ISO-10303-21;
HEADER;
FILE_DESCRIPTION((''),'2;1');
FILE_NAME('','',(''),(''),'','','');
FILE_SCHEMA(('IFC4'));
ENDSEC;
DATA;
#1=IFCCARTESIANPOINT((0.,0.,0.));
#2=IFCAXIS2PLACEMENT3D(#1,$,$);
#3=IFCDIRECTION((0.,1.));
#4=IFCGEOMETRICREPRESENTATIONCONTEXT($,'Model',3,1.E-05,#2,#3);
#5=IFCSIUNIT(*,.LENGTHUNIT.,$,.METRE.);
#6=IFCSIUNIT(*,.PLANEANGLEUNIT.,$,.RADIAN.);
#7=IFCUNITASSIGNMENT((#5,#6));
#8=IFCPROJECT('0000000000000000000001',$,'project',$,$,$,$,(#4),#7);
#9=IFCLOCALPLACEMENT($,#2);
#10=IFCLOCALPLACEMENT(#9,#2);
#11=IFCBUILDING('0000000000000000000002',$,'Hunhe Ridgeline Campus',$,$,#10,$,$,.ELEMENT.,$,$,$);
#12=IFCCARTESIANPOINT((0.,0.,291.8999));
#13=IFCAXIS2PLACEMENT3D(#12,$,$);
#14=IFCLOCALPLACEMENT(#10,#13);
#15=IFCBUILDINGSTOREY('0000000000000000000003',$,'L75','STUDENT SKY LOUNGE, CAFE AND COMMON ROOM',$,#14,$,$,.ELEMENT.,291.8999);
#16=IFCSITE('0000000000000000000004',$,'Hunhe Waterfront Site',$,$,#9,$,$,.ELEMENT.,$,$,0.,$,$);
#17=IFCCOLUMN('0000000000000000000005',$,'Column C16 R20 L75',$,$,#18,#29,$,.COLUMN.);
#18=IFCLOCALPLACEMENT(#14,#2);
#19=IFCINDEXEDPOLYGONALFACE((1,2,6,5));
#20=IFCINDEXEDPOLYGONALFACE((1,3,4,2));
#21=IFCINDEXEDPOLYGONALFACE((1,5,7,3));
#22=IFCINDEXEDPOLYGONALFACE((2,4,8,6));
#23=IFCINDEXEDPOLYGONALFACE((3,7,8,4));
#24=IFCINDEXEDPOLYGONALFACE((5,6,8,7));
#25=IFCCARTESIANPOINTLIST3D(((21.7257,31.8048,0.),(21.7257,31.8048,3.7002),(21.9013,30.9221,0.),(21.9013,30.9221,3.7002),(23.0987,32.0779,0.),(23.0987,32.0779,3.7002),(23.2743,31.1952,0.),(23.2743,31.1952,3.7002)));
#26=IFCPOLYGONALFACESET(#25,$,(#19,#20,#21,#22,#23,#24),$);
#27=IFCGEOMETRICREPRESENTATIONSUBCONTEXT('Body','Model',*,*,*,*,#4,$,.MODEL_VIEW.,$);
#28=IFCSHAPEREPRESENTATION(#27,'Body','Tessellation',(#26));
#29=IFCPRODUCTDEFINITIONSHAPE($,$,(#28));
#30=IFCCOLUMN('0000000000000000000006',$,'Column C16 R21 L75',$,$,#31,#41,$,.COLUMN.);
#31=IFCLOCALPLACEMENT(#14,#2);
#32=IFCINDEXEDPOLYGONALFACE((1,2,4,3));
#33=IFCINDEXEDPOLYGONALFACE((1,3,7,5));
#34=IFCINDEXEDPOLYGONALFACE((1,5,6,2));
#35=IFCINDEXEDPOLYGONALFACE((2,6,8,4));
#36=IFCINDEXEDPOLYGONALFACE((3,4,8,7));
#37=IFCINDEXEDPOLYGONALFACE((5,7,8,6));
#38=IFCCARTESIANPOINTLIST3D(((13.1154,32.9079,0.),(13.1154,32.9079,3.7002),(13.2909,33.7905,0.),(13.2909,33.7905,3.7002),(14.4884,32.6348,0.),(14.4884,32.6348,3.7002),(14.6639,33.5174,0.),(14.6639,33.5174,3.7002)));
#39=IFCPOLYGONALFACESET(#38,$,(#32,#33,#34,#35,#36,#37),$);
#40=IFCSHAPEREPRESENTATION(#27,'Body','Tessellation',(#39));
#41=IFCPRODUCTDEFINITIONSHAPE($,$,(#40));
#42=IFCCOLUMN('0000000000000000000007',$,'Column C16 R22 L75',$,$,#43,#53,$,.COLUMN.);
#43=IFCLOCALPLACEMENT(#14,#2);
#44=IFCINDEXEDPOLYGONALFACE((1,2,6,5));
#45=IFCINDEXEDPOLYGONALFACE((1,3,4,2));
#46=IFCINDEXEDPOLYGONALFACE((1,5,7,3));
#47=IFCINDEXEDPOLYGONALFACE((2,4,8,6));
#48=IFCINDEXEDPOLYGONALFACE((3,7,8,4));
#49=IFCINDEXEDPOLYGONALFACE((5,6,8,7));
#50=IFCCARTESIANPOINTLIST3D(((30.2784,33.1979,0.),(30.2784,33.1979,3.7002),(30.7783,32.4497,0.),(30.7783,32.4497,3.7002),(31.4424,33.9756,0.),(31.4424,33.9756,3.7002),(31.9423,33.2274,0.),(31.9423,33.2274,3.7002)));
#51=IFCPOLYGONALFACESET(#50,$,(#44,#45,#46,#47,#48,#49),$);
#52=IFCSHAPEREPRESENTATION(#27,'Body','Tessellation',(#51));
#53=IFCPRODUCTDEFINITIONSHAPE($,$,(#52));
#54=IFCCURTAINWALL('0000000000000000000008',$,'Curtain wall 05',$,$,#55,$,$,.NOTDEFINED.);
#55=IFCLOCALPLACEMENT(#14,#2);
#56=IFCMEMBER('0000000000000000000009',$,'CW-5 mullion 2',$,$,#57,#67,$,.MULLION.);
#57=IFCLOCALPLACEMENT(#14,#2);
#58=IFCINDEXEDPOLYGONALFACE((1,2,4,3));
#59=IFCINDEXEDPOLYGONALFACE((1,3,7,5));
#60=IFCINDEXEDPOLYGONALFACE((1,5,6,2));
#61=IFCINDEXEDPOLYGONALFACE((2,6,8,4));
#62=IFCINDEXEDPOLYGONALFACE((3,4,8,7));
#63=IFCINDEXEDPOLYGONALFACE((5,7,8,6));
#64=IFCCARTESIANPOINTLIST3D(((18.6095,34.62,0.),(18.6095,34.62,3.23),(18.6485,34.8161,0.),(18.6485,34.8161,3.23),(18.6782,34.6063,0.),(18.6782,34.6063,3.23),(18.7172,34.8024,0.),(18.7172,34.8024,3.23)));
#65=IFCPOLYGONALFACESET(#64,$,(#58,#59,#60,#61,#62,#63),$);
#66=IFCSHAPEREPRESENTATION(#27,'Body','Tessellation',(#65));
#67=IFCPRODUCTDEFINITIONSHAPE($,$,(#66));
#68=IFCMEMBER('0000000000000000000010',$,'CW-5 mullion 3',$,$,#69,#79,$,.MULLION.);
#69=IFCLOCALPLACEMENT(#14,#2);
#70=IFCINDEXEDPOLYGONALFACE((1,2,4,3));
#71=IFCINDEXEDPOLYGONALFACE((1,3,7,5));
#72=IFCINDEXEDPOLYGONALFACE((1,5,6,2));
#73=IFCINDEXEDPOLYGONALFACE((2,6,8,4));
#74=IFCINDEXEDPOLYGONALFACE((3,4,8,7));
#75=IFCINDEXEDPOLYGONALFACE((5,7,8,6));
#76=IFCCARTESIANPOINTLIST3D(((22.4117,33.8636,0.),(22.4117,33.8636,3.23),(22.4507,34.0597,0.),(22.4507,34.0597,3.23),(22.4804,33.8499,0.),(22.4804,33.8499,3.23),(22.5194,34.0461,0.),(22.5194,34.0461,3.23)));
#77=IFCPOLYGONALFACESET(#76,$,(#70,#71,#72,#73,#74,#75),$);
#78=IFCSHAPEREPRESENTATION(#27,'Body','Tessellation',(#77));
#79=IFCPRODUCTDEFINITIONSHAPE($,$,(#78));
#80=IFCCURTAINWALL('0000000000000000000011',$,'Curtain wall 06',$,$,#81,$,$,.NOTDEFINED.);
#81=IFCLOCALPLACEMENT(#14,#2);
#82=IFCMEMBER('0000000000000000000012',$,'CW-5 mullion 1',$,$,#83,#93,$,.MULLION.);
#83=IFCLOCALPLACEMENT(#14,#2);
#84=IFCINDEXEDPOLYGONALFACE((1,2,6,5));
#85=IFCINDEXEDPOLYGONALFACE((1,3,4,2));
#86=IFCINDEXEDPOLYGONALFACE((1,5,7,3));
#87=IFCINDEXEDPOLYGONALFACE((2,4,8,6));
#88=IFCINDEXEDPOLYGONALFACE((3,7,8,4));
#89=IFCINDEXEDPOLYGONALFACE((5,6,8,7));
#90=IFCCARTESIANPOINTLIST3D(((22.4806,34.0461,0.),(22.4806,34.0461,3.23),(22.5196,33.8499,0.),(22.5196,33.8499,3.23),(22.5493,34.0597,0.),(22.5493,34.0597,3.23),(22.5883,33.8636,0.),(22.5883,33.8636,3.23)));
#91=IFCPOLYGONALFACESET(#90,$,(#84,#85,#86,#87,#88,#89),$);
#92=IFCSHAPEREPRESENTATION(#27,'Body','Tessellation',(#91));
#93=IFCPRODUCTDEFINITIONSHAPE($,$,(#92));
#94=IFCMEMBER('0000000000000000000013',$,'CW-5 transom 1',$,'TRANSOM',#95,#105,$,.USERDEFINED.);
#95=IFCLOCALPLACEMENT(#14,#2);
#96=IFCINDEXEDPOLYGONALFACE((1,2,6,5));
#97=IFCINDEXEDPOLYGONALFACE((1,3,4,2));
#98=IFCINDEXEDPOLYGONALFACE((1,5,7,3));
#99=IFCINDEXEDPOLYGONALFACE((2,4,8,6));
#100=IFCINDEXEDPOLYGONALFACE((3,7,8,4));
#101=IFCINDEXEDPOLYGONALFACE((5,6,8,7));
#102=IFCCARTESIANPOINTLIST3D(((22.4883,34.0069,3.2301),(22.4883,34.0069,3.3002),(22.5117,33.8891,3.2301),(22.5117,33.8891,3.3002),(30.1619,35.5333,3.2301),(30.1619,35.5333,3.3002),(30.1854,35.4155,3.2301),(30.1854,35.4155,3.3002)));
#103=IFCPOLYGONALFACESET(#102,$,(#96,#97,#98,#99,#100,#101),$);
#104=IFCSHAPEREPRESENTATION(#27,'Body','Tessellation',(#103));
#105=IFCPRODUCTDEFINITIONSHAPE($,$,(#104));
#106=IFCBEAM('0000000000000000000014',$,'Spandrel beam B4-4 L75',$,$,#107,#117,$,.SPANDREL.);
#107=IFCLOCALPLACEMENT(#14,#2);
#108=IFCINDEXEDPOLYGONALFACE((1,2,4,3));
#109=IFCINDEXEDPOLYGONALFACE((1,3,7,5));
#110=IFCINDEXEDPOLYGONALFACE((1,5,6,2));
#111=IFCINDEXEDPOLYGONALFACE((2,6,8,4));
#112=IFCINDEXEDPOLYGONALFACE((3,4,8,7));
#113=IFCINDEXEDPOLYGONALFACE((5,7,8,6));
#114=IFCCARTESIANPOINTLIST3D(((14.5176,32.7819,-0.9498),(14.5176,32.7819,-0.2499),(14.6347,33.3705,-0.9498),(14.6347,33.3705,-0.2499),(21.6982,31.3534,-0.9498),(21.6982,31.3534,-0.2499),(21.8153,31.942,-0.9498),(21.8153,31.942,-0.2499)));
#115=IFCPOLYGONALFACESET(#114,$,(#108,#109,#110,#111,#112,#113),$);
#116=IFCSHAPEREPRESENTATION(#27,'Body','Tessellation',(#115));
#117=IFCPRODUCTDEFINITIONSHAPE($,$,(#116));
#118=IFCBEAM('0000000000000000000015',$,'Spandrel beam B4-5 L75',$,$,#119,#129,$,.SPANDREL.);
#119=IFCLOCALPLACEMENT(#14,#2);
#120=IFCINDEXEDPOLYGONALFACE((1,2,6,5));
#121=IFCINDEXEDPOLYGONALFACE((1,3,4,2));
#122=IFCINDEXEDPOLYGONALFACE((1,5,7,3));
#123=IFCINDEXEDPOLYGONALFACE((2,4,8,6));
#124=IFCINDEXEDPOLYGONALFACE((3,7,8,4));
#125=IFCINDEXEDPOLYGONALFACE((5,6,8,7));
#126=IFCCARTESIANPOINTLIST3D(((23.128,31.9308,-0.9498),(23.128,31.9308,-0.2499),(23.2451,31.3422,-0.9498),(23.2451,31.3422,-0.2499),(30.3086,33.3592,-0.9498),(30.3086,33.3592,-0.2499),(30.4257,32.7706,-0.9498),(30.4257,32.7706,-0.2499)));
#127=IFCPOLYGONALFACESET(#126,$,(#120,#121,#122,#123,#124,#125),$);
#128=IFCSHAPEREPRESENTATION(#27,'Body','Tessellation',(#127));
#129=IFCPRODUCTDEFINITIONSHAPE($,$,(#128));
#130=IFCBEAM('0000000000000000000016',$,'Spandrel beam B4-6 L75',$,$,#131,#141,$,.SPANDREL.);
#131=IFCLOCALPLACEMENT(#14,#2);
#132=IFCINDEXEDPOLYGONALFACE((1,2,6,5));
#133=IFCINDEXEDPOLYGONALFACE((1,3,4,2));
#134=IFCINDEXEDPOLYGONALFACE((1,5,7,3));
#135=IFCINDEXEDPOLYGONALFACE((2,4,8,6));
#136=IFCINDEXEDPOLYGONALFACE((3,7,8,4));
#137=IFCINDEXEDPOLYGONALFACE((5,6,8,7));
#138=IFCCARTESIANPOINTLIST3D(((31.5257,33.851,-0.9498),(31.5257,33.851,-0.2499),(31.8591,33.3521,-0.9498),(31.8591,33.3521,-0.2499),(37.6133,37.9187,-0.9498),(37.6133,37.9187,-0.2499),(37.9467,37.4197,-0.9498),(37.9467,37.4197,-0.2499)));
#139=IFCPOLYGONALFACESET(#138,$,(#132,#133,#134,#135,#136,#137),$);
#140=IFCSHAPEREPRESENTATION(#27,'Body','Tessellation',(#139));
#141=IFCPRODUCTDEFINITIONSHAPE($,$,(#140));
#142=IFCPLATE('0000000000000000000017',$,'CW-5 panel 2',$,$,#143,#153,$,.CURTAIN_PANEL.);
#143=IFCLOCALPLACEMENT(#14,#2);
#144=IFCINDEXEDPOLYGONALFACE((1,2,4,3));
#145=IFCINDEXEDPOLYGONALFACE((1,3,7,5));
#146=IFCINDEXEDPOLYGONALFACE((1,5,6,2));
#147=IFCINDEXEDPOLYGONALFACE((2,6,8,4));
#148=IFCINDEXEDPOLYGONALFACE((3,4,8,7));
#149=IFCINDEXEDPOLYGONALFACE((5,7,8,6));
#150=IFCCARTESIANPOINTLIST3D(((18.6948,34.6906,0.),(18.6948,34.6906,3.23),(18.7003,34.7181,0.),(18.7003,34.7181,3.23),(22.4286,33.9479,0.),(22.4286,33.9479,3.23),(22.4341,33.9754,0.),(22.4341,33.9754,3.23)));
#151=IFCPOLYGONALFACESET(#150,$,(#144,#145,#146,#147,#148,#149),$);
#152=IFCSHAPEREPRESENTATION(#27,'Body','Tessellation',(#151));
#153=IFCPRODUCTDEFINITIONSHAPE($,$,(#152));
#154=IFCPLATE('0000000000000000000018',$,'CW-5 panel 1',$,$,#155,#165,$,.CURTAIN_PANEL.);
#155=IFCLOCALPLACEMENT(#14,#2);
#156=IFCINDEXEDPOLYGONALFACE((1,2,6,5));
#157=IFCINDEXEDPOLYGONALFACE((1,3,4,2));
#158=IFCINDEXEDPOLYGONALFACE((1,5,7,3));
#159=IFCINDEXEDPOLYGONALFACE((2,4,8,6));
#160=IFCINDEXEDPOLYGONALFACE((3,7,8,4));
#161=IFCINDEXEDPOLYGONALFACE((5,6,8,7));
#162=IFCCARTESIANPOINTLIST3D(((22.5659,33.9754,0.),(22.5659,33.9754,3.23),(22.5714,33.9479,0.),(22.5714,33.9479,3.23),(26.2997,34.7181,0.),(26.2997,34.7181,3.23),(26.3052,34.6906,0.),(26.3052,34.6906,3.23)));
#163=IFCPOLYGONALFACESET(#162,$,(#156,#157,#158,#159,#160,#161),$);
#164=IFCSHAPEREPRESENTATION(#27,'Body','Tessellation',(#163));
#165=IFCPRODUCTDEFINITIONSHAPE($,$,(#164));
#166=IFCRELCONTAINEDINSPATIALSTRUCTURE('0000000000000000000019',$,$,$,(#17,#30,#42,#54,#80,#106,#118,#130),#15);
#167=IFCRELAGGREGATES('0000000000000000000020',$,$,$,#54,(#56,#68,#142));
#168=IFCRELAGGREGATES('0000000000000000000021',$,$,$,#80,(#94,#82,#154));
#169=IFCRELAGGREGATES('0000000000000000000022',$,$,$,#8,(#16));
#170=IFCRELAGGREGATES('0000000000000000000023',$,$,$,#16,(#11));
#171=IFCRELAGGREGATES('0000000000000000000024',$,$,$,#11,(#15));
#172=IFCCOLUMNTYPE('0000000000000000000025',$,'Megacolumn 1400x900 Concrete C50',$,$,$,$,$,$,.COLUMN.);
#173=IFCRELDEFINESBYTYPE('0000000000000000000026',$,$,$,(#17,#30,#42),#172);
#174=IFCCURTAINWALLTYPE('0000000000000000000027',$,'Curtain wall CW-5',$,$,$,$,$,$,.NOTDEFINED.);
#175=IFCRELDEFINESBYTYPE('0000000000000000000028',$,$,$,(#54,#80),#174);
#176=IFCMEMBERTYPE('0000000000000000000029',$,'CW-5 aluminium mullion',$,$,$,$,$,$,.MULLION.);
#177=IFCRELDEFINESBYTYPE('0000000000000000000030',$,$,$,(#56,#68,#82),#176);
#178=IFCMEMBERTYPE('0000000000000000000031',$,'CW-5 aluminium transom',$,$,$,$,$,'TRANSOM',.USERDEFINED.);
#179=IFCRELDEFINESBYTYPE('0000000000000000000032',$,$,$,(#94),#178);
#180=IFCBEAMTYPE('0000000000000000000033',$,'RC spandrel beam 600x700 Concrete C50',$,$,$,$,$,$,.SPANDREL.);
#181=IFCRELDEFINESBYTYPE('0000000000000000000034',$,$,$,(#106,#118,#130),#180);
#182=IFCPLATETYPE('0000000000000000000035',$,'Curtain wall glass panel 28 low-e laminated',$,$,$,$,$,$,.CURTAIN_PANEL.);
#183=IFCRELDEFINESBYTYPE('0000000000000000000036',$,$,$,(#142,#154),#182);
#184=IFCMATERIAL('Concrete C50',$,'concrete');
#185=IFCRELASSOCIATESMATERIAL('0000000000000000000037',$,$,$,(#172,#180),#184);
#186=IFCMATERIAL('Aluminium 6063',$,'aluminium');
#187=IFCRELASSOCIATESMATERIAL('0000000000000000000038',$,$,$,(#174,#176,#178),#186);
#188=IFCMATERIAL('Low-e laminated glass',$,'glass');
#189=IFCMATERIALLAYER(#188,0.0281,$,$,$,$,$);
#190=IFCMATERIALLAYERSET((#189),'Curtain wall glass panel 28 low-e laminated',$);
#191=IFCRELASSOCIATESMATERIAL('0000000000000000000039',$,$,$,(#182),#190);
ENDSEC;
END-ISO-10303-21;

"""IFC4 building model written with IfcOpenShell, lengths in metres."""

from ifc_helpers import new_model, si_unit, direction, frame, origin, origin_2d, place, context, subcontext, project, spatial, rectangle, extrude, material, layer, layer_set, material_profile, profile_set, type_object, element, aggregate, save


model = new_model("IFC4")

# Units and contexts
model_context = context("Model", 3, precision=1e-05, world=origin(), true_north=direction((0.0, 1.0)))
body_context = subcontext(model_context, "Body", "Model", "MODEL_VIEW")
ifc_project = project(units=[si_unit("LENGTHUNIT", "METRE"), si_unit("PLANEANGLEUNIT", "RADIAN")], contexts=[model_context])

# Site, building, storey
site_placement = place(None, origin())
site = spatial("IfcSite", under=ifc_project, at=site_placement, Name="Hunhe Waterfront Site", CompositionType="ELEMENT", RefElevation=0.0)
building_placement = place(site_placement, origin())
building = spatial("IfcBuilding", under=site, at=building_placement, Name="Hunhe Ridgeline Campus", CompositionType="ELEMENT")
storey_placement = place(building_placement, frame((0.0, 0.0, 291.8999)))
storey = spatial("IfcBuildingStorey", under=building, at=storey_placement, Name="L75", Description="STUDENT SKY LOUNGE, CAFE AND COMMON ROOM", CompositionType="ELEMENT", Elevation=291.8999)

# Columns
ifc_material_1 = material(Name="Concrete C50", Category="concrete")
ifc_material_profile_1 = material_profile(ifc_material_1, rectangle(XDim=1.3999, YDim=0.8999, at=origin_2d()))
ifc_profile_set_1 = profile_set([ifc_material_profile_1], Name="Concrete C50")
column_type = type_object("IfcColumnType", Name="Megacolumn 1400x900 Concrete C50", PredefinedType="COLUMN", material=ifc_profile_set_1)
for number, where, z_axis, x_axis, name in (
    (1, (22.5, 31.5, 0.0), (0.0, 0.0, 1.0), (0.980785, 0.19509, 0.0), "Column C16 R20 L75"),
    (2, (13.8896, 33.2126, 0.0), (0.0, 0.0, 1.0), (-0.980785, 0.19509, 0.0), "Column C16 R21 L75"),
    (3, (31.1104, 33.2126, 0.0), (0.0, 0.0, 1.0), (0.83147, 0.55557, 0.0), "Column C16 R22 L75"),
):
    element("IfcColumn", number, at=place(storey_placement, frame(where, z_axis=z_axis, x_axis=x_axis)), inside=storey, type_object=column_type, Name=name, PredefinedType="COLUMN", context=body_context, shape_type="SweptSolid", body=[
        extrude(rectangle(XDim=1.3999, YDim=0.8999, at=origin_2d()), origin(), (0.0, 0.0, 1.0), 3.7002),
    ])

# Curtain walls, members
ifc_material_2 = material(Name="Aluminium 6063", Category="aluminium")
curtain_wall_type = type_object("IfcCurtainWallType", Name="Curtain wall CW-5", PredefinedType="NOTDEFINED", material=ifc_material_2)
curtain_wall_1_placement = place(storey_placement, origin())
curtain_wall_1 = element("IfcCurtainWall", 4, at=curtain_wall_1_placement, inside=storey, type_object=curtain_wall_type, Name="Curtain wall 05", PredefinedType="NOTDEFINED")
ifc_material_profile_2 = material_profile(ifc_material_2, rectangle(XDim=0.2, YDim=0.0701, at=origin_2d()))
ifc_profile_set_2 = profile_set([ifc_material_profile_2], Name="Aluminium 6063")
member_type_1 = type_object("IfcMemberType", Name="CW-5 aluminium mullion", PredefinedType="MULLION", material=ifc_profile_set_2)
member_1_placement = place(storey_placement, frame((18.6633, 34.7112, 0.0), z_axis=(0.0, 0.0, 1.0), x_axis=(0.19509, 0.980785, 0.0)))
member_1 = element("IfcMember", 5, at=member_1_placement, type_object=member_type_1, Name="CW-5 mullion 2", PredefinedType="MULLION", context=body_context, shape_type="SweptSolid", body=[
    extrude(rectangle(XDim=0.2, YDim=0.0701, at=origin_2d()), origin(), (0.0, 0.0, 1.0), 3.23),
])
member_2_placement = place(storey_placement, frame((22.4656, 33.9548, 0.0), z_axis=(0.0, 0.0, 1.0), x_axis=(0.19509, 0.980785, 0.0)))
member_2 = element("IfcMember", 6, at=member_2_placement, type_object=member_type_1, Name="CW-5 mullion 3", PredefinedType="MULLION", context=body_context, shape_type="SweptSolid", body=[
    extrude(rectangle(XDim=0.2, YDim=0.0701, at=origin_2d()), origin(), (0.0, 0.0, 1.0), 3.23),
])
curtain_wall_2_placement = place(storey_placement, origin())
curtain_wall_2 = element("IfcCurtainWall", 7, at=curtain_wall_2_placement, inside=storey, type_object=curtain_wall_type, Name="Curtain wall 06", PredefinedType="NOTDEFINED")
member_3_placement = place(storey_placement, frame((22.5344, 33.9548, 0.0), z_axis=(0.0, 0.0, 1.0), x_axis=(-0.19509, 0.980785, 0.0)))
member_3 = element("IfcMember", 8, at=member_3_placement, type_object=member_type_1, Name="CW-5 mullion 1", PredefinedType="MULLION", context=body_context, shape_type="SweptSolid", body=[
    extrude(rectangle(XDim=0.2, YDim=0.0701, at=origin_2d()), origin(), (0.0, 0.0, 1.0), 3.23),
])
ifc_material_profile_3 = material_profile(ifc_material_2, rectangle(XDim=0.1201, YDim=0.0701, at=origin_2d()))
ifc_profile_set_3 = profile_set([ifc_material_profile_3], Name="Aluminium 6063")
member_type_2 = type_object("IfcMemberType", Name="CW-5 aluminium transom", ElementType="TRANSOM", PredefinedType="USERDEFINED", material=ifc_profile_set_3)
member_4_placement = place(storey_placement, frame((22.5, 33.948, 3.2651), z_axis=(0.980785, 0.19509, 0.0), x_axis=(-0.19509, 0.980785, 0.0)))
member_4 = element("IfcMember", 9, at=member_4_placement, type_object=member_type_2, Name="CW-5 transom 1", ObjectType="TRANSOM", PredefinedType="USERDEFINED", context=body_context, shape_type="SweptSolid", body=[
    extrude(rectangle(XDim=0.1201, YDim=0.0701, at=origin_2d()), origin(), (0.0, 0.0, 1.0), 7.824),
])

# Beams
ifc_material_profile_4 = material_profile(ifc_material_1, rectangle(XDim=0.6001, YDim=0.7, at=origin_2d()))
ifc_profile_set_4 = profile_set([ifc_material_profile_4], Name="Concrete C50")
beam_type = type_object("IfcBeamType", Name="RC spandrel beam 600x700 Concrete C50", PredefinedType="SPANDREL", material=ifc_profile_set_4)
for number, where, z_axis, x_axis, name in (
    (10, (14.5762, 33.0762, -0.5999), (0.980782, -0.195109, 0.0), (0.195109, 0.980782, 0.0), "Spandrel beam B4-4 L75"),
    (11, (23.1865, 31.6365, -0.5999), (0.980782, 0.195109, 0.0), (-0.195109, 0.980782, 0.0), "Spandrel beam B4-5 L75"),
):
    element("IfcBeam", number, at=place(storey_placement, frame(where, z_axis=z_axis, x_axis=x_axis)), inside=storey, type_object=beam_type, Name=name, PredefinedType="SPANDREL", context=body_context, shape_type="SweptSolid", body=[
        extrude(rectangle(XDim=0.6001, YDim=0.7, at=origin_2d()), origin(), (0.0, 0.0, 1.0), 7.3213),
    ])
beam_placement = place(storey_placement, frame((31.6924, 33.6016, -0.5999), z_axis=(0.83147, 0.555569, 0.0), x_axis=(-0.555569, 0.83147, 0.0)))
element("IfcBeam", 12, at=beam_placement, inside=storey, type_object=beam_type, Name="Spandrel beam B4-6 L75", PredefinedType="SPANDREL", context=body_context, shape_type="SweptSolid", body=[
    extrude(rectangle(XDim=0.6001, YDim=0.7, at=origin_2d()), origin(), (0.0, 0.0, 1.0), 7.3215),
])

# Plates
ifc_material_3 = material(Name="Low-e laminated glass", Category="glass")
ifc_layer_1 = layer(ifc_material_3, 0.0281)
ifc_layer_set_1 = layer_set([ifc_layer_1], Name="Curtain wall glass panel 28 low-e laminated")
plate_type = type_object("IfcPlateType", Name="Curtain wall glass panel 28 low-e laminated", PredefinedType="CURTAIN_PANEL", material=ifc_layer_set_1)
plate_1_placement = place(storey_placement, frame((20.5645, 34.333, 0.0), z_axis=(0.0, 0.0, 1.0), x_axis=(0.980785, -0.19509, 0.0)))
plate_1 = element("IfcPlate", 13, at=plate_1_placement, type_object=plate_type, Name="CW-5 panel 2", PredefinedType="CURTAIN_PANEL", context=body_context, shape_type="SweptSolid", body=[
    extrude(rectangle(XDim=3.8069, YDim=0.0281, at=origin_2d()), origin(), (0.0, 0.0, 1.0), 3.23),
])
aggregate(curtain_wall_1, [member_1, member_2, plate_1])
plate_2_placement = place(storey_placement, frame((24.4355, 34.333, 0.0), z_axis=(0.0, 0.0, 1.0), x_axis=(0.980785, 0.19509, 0.0)))
plate_2 = element("IfcPlate", 14, at=plate_2_placement, type_object=plate_type, Name="CW-5 panel 1", PredefinedType="CURTAIN_PANEL", context=body_context, shape_type="SweptSolid", body=[
    extrude(rectangle(XDim=3.8069, YDim=0.0281, at=origin_2d()), origin(), (0.0, 0.0, 1.0), 3.23),
])
aggregate(curtain_wall_2, [member_4, member_3, plate_2])

save(model, "model.ifc")
